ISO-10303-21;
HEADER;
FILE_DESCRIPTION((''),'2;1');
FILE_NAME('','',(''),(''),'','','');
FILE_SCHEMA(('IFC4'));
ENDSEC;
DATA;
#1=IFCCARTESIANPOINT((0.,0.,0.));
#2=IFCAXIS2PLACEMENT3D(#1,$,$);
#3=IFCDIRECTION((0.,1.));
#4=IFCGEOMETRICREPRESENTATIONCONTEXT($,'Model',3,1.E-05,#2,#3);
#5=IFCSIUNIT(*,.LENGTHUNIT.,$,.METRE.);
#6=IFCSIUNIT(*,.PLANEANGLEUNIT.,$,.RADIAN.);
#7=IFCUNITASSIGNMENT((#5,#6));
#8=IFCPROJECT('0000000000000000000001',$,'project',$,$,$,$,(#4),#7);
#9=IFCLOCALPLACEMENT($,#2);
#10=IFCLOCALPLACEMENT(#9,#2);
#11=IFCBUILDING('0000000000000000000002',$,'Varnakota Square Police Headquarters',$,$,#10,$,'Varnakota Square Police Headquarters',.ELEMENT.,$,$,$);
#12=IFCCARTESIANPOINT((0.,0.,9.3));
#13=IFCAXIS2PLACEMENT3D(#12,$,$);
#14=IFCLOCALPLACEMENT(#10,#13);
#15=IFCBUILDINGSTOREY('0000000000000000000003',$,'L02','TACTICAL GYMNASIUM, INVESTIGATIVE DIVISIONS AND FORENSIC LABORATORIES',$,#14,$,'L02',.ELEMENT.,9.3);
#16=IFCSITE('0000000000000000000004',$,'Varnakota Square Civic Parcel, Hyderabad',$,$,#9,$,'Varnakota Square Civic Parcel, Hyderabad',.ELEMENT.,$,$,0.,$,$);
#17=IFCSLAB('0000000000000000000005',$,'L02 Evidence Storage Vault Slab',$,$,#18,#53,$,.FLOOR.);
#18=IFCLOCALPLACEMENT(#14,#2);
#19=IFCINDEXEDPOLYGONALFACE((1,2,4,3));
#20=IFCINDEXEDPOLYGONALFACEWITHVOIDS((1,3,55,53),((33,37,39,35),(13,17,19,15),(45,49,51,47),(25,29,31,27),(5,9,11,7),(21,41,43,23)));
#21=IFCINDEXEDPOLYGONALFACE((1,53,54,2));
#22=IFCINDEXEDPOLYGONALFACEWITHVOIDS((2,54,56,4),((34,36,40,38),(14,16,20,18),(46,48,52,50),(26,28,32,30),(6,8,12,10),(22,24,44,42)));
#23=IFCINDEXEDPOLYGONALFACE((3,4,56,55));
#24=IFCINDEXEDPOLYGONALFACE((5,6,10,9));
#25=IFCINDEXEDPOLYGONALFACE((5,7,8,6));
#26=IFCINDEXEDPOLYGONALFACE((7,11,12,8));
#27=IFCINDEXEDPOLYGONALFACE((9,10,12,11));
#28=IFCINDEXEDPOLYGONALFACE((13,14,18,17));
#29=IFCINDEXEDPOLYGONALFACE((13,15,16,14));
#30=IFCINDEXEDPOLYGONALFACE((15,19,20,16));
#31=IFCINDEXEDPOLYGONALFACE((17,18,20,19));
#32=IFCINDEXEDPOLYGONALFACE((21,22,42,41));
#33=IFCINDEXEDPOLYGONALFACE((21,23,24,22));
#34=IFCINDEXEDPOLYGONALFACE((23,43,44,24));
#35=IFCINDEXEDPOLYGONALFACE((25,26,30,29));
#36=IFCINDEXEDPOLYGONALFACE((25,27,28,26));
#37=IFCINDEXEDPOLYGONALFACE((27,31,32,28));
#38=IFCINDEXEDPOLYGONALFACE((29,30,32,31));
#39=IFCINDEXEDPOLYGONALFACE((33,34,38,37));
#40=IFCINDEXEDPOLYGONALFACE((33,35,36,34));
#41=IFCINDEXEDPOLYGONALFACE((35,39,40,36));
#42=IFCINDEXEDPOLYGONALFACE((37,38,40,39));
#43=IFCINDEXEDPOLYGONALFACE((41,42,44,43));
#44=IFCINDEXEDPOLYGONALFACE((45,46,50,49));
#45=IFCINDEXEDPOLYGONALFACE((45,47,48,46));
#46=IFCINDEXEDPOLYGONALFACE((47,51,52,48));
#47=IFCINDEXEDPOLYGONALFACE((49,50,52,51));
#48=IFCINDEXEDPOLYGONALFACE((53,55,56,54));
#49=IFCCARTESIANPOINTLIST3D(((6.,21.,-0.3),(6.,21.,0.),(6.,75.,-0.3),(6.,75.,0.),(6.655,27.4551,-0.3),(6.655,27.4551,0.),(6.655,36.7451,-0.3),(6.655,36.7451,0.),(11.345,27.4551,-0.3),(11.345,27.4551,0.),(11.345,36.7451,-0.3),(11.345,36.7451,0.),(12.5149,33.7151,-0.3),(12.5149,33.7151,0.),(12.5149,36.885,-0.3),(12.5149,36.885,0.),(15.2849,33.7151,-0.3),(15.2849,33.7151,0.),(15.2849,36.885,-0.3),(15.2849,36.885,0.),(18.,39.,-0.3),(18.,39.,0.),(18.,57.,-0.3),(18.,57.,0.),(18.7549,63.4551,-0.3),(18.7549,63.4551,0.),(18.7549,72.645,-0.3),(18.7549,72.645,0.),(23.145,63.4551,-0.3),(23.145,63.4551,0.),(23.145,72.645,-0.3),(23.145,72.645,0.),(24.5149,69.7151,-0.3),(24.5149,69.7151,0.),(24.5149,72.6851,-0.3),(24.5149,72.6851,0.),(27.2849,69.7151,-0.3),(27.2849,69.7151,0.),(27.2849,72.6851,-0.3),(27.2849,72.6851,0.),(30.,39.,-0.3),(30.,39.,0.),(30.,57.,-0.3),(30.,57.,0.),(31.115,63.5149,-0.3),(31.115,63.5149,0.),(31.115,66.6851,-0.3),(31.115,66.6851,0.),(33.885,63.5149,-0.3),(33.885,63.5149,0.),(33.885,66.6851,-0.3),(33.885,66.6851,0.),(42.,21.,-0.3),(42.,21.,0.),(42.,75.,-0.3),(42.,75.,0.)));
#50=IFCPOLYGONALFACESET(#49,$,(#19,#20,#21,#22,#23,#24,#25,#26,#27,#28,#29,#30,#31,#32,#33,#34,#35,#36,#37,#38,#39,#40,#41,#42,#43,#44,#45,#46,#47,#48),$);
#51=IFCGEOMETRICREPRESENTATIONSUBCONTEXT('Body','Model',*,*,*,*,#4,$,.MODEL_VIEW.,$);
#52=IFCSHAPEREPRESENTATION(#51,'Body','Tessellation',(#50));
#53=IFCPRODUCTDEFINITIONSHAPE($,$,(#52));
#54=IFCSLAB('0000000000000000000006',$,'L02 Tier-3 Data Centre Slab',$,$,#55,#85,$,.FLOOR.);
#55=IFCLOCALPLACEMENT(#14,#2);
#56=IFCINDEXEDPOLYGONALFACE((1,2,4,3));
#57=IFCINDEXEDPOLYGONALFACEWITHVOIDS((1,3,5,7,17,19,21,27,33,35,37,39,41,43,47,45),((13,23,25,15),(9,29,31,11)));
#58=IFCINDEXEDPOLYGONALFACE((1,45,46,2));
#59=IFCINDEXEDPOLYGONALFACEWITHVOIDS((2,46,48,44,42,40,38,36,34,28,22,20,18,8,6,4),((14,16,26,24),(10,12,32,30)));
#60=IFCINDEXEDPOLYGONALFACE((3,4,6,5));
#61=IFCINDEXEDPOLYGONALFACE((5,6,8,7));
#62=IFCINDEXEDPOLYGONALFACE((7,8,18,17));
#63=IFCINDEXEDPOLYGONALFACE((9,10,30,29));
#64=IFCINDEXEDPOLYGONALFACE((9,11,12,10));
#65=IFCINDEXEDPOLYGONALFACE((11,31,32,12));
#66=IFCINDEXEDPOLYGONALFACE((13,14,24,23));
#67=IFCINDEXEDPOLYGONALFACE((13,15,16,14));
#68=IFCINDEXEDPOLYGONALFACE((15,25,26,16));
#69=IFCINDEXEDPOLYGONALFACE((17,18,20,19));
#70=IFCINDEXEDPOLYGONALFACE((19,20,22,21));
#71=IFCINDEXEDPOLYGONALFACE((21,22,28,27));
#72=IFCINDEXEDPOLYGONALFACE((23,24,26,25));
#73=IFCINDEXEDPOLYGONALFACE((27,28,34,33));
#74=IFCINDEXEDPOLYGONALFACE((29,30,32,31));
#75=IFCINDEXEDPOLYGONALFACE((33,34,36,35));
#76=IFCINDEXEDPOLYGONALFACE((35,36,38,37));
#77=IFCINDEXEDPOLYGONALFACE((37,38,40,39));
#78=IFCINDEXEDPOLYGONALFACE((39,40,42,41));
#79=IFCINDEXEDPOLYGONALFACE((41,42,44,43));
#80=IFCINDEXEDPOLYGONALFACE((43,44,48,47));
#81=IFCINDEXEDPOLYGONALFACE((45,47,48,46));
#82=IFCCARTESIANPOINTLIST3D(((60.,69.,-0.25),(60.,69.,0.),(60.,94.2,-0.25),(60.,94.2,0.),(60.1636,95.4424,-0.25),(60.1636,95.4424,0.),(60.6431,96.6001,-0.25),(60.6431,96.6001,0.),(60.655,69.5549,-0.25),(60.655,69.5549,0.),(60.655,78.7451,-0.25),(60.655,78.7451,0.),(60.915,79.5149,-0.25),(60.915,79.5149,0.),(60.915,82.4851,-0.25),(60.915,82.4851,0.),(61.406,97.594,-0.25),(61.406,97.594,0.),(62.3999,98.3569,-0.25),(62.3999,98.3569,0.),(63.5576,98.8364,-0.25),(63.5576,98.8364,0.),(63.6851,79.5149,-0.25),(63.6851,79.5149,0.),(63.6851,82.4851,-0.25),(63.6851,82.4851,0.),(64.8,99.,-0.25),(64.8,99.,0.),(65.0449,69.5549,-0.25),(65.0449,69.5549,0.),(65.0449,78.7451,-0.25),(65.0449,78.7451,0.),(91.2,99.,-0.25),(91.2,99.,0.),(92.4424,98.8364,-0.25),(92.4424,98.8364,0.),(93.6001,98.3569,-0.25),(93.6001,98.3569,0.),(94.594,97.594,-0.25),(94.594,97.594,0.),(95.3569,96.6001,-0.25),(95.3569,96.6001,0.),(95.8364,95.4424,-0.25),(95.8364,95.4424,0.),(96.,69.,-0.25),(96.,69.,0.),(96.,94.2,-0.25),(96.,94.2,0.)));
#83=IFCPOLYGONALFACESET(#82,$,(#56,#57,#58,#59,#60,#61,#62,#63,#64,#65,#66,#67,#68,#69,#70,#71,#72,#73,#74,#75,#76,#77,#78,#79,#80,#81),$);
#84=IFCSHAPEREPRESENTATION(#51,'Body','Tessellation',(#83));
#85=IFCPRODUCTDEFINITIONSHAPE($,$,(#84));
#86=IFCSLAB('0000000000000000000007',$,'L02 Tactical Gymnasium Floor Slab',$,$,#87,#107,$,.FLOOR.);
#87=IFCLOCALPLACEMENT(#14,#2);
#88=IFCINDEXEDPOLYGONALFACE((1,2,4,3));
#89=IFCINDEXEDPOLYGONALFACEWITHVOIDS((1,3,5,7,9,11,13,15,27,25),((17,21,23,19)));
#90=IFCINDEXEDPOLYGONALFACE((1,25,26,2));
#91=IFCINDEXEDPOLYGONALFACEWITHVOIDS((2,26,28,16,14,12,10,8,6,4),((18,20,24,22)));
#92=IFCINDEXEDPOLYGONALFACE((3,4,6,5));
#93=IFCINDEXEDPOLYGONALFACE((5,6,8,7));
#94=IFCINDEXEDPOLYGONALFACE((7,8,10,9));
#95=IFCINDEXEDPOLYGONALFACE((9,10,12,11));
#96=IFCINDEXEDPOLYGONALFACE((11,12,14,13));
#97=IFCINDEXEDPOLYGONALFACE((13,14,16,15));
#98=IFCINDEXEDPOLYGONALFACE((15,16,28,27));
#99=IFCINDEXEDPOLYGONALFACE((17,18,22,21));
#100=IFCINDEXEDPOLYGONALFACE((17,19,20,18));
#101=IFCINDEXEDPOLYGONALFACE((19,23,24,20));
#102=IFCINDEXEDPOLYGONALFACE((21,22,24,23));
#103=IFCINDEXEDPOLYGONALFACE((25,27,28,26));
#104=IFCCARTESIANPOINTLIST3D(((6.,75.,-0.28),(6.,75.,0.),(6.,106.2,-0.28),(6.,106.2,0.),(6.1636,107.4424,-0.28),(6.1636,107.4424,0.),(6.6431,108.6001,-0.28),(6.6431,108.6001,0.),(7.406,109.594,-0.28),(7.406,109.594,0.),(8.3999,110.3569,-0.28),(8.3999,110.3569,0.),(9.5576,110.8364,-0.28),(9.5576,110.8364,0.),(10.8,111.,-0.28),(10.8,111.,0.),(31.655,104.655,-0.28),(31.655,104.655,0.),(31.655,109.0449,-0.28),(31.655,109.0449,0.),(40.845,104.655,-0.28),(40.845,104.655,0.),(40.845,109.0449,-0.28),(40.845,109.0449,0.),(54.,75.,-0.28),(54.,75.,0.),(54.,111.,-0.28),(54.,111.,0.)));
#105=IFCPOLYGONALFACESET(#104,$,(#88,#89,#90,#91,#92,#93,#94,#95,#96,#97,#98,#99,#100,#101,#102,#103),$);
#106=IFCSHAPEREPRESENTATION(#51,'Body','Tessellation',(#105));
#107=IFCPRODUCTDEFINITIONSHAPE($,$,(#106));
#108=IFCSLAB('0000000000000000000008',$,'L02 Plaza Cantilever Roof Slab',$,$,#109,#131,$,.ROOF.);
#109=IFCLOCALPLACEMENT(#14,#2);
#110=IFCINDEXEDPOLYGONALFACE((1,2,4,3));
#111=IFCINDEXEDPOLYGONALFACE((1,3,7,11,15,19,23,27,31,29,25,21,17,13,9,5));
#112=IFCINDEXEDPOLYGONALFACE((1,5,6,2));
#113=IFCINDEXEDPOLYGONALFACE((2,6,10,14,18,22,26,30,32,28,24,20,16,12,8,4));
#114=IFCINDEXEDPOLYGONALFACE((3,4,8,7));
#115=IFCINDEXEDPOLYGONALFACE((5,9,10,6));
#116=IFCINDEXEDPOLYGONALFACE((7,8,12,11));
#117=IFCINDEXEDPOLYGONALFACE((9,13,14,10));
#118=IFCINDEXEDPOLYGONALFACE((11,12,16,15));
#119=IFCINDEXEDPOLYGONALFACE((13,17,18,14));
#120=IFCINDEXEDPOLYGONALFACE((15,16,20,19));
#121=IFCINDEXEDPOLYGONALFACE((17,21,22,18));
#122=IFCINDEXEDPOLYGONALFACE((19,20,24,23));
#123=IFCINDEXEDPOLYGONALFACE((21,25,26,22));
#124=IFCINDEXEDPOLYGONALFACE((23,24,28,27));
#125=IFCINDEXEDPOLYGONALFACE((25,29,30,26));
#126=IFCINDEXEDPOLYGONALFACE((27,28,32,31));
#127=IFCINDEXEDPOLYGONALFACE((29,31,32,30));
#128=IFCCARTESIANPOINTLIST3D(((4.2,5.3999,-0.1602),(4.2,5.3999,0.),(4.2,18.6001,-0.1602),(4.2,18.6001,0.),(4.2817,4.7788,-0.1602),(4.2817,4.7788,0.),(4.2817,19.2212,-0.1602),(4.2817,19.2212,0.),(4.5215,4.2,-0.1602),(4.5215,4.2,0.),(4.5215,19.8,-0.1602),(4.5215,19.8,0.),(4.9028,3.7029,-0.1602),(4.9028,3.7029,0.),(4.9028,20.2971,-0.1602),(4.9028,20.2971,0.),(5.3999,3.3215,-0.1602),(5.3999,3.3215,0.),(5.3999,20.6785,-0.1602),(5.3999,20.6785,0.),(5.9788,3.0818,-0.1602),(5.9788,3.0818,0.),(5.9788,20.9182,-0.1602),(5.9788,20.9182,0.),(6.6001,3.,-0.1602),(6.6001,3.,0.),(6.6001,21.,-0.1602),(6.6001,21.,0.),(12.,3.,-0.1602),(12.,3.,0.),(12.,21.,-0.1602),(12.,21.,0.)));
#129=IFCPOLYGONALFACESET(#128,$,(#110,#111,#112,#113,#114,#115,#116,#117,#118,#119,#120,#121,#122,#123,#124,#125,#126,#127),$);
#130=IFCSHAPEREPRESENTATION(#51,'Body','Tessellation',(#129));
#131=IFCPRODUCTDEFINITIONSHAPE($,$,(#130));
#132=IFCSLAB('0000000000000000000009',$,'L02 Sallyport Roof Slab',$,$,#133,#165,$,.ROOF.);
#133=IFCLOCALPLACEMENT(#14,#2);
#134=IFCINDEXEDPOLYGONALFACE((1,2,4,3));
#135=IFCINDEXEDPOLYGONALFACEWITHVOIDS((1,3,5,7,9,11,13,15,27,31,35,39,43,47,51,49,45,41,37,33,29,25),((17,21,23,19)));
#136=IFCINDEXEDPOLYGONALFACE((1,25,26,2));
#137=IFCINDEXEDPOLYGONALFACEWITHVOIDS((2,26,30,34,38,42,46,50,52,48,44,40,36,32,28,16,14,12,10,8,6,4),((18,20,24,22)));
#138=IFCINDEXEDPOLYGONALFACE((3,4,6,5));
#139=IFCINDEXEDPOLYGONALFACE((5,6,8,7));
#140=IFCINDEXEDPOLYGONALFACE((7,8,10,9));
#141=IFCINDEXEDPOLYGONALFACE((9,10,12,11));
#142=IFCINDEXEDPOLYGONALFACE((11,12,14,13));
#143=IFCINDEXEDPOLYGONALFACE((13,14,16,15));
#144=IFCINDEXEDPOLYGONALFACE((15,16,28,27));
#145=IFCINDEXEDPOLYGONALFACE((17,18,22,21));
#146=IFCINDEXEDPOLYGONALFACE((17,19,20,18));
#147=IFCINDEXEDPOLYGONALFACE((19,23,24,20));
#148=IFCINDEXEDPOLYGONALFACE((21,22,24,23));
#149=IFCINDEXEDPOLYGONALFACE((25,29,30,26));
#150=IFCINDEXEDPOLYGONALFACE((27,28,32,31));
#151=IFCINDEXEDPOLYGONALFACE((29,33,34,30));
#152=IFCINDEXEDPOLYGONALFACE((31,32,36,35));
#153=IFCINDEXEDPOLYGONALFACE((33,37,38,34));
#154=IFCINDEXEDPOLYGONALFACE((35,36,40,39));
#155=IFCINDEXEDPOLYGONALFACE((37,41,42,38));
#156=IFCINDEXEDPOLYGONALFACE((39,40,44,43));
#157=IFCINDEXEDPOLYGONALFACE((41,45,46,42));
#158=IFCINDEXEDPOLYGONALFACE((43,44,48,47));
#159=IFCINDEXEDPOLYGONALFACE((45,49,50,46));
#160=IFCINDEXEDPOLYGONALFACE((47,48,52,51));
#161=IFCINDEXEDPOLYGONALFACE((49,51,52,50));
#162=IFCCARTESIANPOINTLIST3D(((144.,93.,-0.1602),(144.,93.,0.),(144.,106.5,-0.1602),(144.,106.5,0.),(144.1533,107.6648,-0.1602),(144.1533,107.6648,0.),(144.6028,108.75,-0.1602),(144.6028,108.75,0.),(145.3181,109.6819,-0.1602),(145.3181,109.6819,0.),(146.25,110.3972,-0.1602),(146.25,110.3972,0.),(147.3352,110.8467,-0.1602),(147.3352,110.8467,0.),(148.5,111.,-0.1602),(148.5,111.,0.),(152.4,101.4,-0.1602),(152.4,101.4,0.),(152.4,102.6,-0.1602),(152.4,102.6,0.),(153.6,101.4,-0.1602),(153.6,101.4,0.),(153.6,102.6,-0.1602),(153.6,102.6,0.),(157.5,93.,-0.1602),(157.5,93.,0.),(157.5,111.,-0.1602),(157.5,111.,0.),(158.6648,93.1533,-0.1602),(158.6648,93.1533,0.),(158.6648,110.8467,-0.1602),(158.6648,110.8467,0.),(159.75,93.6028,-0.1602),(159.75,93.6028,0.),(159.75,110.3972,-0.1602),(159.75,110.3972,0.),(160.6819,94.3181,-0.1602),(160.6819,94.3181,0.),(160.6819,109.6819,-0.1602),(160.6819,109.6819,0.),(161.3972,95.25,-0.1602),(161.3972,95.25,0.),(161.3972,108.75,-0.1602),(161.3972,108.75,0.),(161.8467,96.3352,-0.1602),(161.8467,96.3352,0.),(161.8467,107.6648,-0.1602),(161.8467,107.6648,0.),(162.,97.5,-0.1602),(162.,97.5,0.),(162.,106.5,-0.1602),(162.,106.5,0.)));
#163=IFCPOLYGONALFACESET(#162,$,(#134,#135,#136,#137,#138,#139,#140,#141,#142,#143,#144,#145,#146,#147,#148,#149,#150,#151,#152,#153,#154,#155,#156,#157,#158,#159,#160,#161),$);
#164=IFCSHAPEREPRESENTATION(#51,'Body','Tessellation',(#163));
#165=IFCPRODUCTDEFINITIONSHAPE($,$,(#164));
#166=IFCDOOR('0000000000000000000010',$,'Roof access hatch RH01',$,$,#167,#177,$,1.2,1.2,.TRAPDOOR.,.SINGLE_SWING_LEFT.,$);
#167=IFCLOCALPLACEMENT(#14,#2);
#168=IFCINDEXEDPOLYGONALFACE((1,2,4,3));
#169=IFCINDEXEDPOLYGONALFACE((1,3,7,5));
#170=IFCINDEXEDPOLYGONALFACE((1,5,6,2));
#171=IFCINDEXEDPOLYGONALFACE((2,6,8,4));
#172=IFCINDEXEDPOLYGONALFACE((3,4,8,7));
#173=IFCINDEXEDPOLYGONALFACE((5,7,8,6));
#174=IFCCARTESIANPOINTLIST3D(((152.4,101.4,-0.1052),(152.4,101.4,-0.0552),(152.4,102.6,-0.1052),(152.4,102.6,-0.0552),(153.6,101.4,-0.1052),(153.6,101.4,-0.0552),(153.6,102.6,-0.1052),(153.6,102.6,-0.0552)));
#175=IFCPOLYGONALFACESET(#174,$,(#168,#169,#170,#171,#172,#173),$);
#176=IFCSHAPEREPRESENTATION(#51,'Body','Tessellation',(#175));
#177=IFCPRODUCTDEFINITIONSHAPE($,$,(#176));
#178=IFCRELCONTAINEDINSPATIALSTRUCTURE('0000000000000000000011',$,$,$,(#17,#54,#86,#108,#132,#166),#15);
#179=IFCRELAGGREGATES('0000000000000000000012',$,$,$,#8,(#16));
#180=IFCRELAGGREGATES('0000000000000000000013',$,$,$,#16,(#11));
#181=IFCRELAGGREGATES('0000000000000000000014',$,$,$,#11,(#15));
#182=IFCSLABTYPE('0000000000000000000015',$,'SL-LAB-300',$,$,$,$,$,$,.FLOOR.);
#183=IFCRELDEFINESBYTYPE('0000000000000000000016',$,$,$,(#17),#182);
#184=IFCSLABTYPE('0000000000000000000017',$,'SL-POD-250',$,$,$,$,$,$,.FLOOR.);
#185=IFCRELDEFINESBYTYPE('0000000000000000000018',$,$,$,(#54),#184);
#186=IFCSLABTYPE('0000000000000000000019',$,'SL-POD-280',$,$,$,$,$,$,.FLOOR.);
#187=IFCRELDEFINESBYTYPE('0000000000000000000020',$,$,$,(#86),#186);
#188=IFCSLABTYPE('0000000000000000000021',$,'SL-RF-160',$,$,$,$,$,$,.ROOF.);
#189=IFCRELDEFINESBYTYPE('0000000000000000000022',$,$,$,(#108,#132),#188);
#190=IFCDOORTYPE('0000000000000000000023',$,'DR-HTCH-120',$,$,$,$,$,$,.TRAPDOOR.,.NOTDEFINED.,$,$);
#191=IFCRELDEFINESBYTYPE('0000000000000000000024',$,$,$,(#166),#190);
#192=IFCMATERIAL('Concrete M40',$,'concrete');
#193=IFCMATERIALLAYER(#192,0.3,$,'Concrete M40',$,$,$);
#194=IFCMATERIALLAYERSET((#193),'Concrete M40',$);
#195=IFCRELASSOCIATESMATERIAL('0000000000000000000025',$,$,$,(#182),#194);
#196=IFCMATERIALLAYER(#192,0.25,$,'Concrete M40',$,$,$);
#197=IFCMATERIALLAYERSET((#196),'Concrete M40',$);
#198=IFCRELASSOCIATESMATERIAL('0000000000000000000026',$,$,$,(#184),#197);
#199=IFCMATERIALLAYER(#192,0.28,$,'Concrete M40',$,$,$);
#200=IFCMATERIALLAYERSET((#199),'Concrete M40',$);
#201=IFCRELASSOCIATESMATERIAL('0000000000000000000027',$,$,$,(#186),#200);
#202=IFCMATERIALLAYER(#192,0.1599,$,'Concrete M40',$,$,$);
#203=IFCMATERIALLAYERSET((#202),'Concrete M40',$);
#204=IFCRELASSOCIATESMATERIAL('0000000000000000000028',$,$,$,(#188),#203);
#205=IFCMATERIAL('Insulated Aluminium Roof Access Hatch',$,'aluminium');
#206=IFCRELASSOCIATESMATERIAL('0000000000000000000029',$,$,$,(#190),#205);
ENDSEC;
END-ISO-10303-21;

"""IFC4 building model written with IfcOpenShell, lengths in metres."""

from ifc_helpers import new_model, si_unit, direction, frame, origin, origin_2d, place, context, subcontext, project, spatial, polyline, rectangle, outline, extrude, material, layer, layer_set, type_object, element, fill, save


model = new_model("IFC4")

# Units and contexts
model_context = context("Model", 3, precision=1e-05, world=origin(), true_north=direction((0.0, 1.0)))
body_context = subcontext(model_context, "Body", "Model", "MODEL_VIEW")
ifc_project = project(units=[si_unit("LENGTHUNIT", "METRE"), si_unit("PLANEANGLEUNIT", "RADIAN")], contexts=[model_context])

# Site, building, storey
site_placement = place(None, origin())
site = spatial("IfcSite", under=ifc_project, at=site_placement, Name="Varnakota Square Civic Parcel, Hyderabad", LongName="Varnakota Square Civic Parcel, Hyderabad", CompositionType="ELEMENT", RefElevation=0.0)
building_placement = place(site_placement, origin())
building = spatial("IfcBuilding", under=site, at=building_placement, Name="Varnakota Square Police Headquarters", LongName="Varnakota Square Police Headquarters", CompositionType="ELEMENT")
storey_placement = place(building_placement, frame((0.0, 0.0, 9.3)))
storey = spatial("IfcBuildingStorey", under=building, at=storey_placement, Name="L02", Description="TACTICAL GYMNASIUM, INVESTIGATIVE DIVISIONS AND FORENSIC LABORATORIES", LongName="L02", CompositionType="ELEMENT", Elevation=9.3)

# Slabs
ifc_material_1 = material(Name="Concrete M40", Category="concrete")
ifc_layer_1 = layer(ifc_material_1, 0.3, Name="Concrete M40")
ifc_layer_set_1 = layer_set([ifc_layer_1], Name="Concrete M40")
slab_type_1 = type_object("IfcSlabType", Name="SL-LAB-300", PredefinedType="FLOOR", material=ifc_layer_set_1)
slab_1_placement = place(storey_placement, frame((0.0, 0.0, -0.3)))
element("IfcSlab", 1, at=slab_1_placement, inside=storey, type_object=slab_type_1, Name="L02 Evidence Storage Vault Slab", PredefinedType="FLOOR", context=body_context, shape_type="SweptSolid", body=[
    extrude(outline(polyline([(6.0, 21.0), (42.0, 21.0), (42.0, 75.0), (6.0, 75.0), (6.0, 21.0)]), holes=[polyline([(18.0, 39.0), (30.0, 39.0), (30.0, 57.0), (18.0, 57.0), (18.0, 39.0)]), polyline([(6.655, 27.4551), (11.345, 27.4551), (11.345, 36.7451), (6.655, 36.7451), (6.655, 27.4551)]), polyline([(12.5149, 33.7151), (15.2849, 33.7151), (15.2849, 36.885), (12.5149, 36.885), (12.5149, 33.7151)]), polyline([(18.7549, 63.4551), (23.145, 63.4551), (23.145, 72.645), (18.7549, 72.645), (18.7549, 63.4551)]), polyline([(24.5149, 69.7151), (27.2849, 69.7151), (27.2849, 72.6851), (24.5149, 72.6851), (24.5149, 69.7151)]), polyline([(31.115, 63.5149), (33.885, 63.5149), (33.885, 66.6851), (31.115, 66.6851), (31.115, 63.5149)])]), origin(), (0.0, 0.0, 1.0), 0.3),
])
ifc_layer_2 = layer(ifc_material_1, 0.25, Name="Concrete M40")
ifc_layer_set_2 = layer_set([ifc_layer_2], Name="Concrete M40")
slab_type_2 = type_object("IfcSlabType", Name="SL-POD-250", PredefinedType="FLOOR", material=ifc_layer_set_2)
slab_2_placement = place(storey_placement, frame((0.0, 0.0, -0.25)))
element("IfcSlab", 2, at=slab_2_placement, inside=storey, type_object=slab_type_2, Name="L02 Tier-3 Data Centre Slab", PredefinedType="FLOOR", context=body_context, shape_type="SweptSolid", body=[
    extrude(outline(polyline([(60.0, 69.0), (96.0, 69.0), (96.0, 94.2), (95.8364, 95.4424), (95.3569, 96.6001), (94.594, 97.594), (93.6001, 98.3569), (92.4424, 98.8364), (91.2, 99.0), (64.8, 99.0), (63.5576, 98.8364), (62.3999, 98.3569), (61.406, 97.594), (60.6431, 96.6001), (60.1636, 95.4424), (60.0, 94.2), (60.0, 69.0)]), holes=[polyline([(60.655, 69.5549), (65.0449, 69.5549), (65.0449, 78.7451), (60.655, 78.7451), (60.655, 69.5549)]), polyline([(60.915, 79.5149), (63.6851, 79.5149), (63.6851, 82.4851), (60.915, 82.4851), (60.915, 79.5149)])]), origin(), (0.0, 0.0, 1.0), 0.25),
])
ifc_layer_3 = layer(ifc_material_1, 0.28, Name="Concrete M40")
ifc_layer_set_3 = layer_set([ifc_layer_3], Name="Concrete M40")
slab_type_3 = type_object("IfcSlabType", Name="SL-POD-280", PredefinedType="FLOOR", material=ifc_layer_set_3)
slab_3_placement = place(storey_placement, frame((0.0, 0.0, -0.28)))
element("IfcSlab", 3, at=slab_3_placement, inside=storey, type_object=slab_type_3, Name="L02 Tactical Gymnasium Floor Slab", PredefinedType="FLOOR", context=body_context, shape_type="SweptSolid", body=[
    extrude(outline(polyline([(6.0, 75.0), (54.0, 75.0), (54.0, 111.0), (10.8, 111.0), (9.5576, 110.8364), (8.3999, 110.3569), (7.406, 109.594), (6.6431, 108.6001), (6.1636, 107.4424), (6.0, 106.2), (6.0, 75.0)]), holes=[polyline([(31.655, 104.655), (40.845, 104.655), (40.845, 109.0449), (31.655, 109.0449), (31.655, 104.655)])]), origin(), (0.0, 0.0, 1.0), 0.28),
])
ifc_layer_4 = layer(ifc_material_1, 0.1599, Name="Concrete M40")
ifc_layer_set_4 = layer_set([ifc_layer_4], Name="Concrete M40")
slab_type_4 = type_object("IfcSlabType", Name="SL-RF-160", PredefinedType="ROOF", material=ifc_layer_set_4)
slab_4_placement = place(storey_placement, frame((0.0, 0.0, -0.1602)))
element("IfcSlab", 4, at=slab_4_placement, inside=storey, type_object=slab_type_4, Name="L02 Plaza Cantilever Roof Slab", PredefinedType="ROOF", context=body_context, shape_type="SweptSolid", body=[
    extrude(outline(polyline([(4.2, 5.3999), (4.2817, 4.7788), (4.5215, 4.2), (4.9028, 3.7029), (5.3999, 3.3215), (5.9788, 3.0818), (6.6001, 3.0), (12.0, 3.0), (12.0, 21.0), (6.6001, 21.0), (5.9788, 20.9182), (5.3999, 20.6785), (4.9028, 20.2971), (4.5215, 19.8), (4.2817, 19.2212), (4.2, 18.6001), (4.2, 5.3999)])), origin(), (0.0, 0.0, 1.0), 0.1602),
])

# Slab, opening, door
slab_5_placement = place(storey_placement, frame((0.0, 0.0, -0.1602)))
slab_5 = element("IfcSlab", 5, at=slab_5_placement, inside=storey, type_object=slab_type_4, Name="L02 Sallyport Roof Slab", PredefinedType="ROOF", context=body_context, shape_type="SweptSolid", body=[
    extrude(outline(polyline([(144.0, 93.0), (157.5, 93.0), (158.6648, 93.1533), (159.75, 93.6028), (160.6819, 94.3181), (161.3972, 95.25), (161.8467, 96.3352), (162.0, 97.5), (162.0, 106.5), (161.8467, 107.6648), (161.3972, 108.75), (160.6819, 109.6819), (159.75, 110.3972), (158.6648, 110.8467), (157.5, 111.0), (148.5, 111.0), (147.3352, 110.8467), (146.25, 110.3972), (145.3181, 109.6819), (144.6028, 108.75), (144.1533, 107.6648), (144.0, 106.5), (144.0, 93.0)])), origin(), (0.0, 0.0, 1.0), 0.1602),
])
opening_placement = place(slab_5_placement, frame((153.0, 102.0, -0.01)))
opening = element("IfcOpeningElement", 6, at=opening_placement, cuts=slab_5, PredefinedType="OPENING", context=body_context, shape_type="SweptSolid", body=[
    extrude(rectangle(XDim=1.2, YDim=1.2, at=origin_2d()), origin(), (0.0, 0.0, 1.0), 0.1802),
])
ifc_material_2 = material(Name="Insulated Aluminium Roof Access Hatch", Category="aluminium")
door_type = type_object("IfcDoorType", Name="DR-HTCH-120", OperationType="NOTDEFINED", PredefinedType="TRAPDOOR", material=ifc_material_2)
door_placement = place(opening_placement, frame((0.0, 0.0, 0.0649)))
door = element("IfcDoor", 7, at=door_placement, inside=storey, type_object=door_type, Name="Roof access hatch RH01", OperationType="SINGLE_SWING_LEFT", OverallHeight=1.2, OverallWidth=1.2, PredefinedType="TRAPDOOR", context=body_context, shape_type="SweptSolid", body=[
    extrude(rectangle(XDim=1.2, YDim=1.2, at=origin_2d()), origin(), (0.0, 0.0, 1.0), 0.05),
])
fill(opening, door)

save(model, "model.ifc")
